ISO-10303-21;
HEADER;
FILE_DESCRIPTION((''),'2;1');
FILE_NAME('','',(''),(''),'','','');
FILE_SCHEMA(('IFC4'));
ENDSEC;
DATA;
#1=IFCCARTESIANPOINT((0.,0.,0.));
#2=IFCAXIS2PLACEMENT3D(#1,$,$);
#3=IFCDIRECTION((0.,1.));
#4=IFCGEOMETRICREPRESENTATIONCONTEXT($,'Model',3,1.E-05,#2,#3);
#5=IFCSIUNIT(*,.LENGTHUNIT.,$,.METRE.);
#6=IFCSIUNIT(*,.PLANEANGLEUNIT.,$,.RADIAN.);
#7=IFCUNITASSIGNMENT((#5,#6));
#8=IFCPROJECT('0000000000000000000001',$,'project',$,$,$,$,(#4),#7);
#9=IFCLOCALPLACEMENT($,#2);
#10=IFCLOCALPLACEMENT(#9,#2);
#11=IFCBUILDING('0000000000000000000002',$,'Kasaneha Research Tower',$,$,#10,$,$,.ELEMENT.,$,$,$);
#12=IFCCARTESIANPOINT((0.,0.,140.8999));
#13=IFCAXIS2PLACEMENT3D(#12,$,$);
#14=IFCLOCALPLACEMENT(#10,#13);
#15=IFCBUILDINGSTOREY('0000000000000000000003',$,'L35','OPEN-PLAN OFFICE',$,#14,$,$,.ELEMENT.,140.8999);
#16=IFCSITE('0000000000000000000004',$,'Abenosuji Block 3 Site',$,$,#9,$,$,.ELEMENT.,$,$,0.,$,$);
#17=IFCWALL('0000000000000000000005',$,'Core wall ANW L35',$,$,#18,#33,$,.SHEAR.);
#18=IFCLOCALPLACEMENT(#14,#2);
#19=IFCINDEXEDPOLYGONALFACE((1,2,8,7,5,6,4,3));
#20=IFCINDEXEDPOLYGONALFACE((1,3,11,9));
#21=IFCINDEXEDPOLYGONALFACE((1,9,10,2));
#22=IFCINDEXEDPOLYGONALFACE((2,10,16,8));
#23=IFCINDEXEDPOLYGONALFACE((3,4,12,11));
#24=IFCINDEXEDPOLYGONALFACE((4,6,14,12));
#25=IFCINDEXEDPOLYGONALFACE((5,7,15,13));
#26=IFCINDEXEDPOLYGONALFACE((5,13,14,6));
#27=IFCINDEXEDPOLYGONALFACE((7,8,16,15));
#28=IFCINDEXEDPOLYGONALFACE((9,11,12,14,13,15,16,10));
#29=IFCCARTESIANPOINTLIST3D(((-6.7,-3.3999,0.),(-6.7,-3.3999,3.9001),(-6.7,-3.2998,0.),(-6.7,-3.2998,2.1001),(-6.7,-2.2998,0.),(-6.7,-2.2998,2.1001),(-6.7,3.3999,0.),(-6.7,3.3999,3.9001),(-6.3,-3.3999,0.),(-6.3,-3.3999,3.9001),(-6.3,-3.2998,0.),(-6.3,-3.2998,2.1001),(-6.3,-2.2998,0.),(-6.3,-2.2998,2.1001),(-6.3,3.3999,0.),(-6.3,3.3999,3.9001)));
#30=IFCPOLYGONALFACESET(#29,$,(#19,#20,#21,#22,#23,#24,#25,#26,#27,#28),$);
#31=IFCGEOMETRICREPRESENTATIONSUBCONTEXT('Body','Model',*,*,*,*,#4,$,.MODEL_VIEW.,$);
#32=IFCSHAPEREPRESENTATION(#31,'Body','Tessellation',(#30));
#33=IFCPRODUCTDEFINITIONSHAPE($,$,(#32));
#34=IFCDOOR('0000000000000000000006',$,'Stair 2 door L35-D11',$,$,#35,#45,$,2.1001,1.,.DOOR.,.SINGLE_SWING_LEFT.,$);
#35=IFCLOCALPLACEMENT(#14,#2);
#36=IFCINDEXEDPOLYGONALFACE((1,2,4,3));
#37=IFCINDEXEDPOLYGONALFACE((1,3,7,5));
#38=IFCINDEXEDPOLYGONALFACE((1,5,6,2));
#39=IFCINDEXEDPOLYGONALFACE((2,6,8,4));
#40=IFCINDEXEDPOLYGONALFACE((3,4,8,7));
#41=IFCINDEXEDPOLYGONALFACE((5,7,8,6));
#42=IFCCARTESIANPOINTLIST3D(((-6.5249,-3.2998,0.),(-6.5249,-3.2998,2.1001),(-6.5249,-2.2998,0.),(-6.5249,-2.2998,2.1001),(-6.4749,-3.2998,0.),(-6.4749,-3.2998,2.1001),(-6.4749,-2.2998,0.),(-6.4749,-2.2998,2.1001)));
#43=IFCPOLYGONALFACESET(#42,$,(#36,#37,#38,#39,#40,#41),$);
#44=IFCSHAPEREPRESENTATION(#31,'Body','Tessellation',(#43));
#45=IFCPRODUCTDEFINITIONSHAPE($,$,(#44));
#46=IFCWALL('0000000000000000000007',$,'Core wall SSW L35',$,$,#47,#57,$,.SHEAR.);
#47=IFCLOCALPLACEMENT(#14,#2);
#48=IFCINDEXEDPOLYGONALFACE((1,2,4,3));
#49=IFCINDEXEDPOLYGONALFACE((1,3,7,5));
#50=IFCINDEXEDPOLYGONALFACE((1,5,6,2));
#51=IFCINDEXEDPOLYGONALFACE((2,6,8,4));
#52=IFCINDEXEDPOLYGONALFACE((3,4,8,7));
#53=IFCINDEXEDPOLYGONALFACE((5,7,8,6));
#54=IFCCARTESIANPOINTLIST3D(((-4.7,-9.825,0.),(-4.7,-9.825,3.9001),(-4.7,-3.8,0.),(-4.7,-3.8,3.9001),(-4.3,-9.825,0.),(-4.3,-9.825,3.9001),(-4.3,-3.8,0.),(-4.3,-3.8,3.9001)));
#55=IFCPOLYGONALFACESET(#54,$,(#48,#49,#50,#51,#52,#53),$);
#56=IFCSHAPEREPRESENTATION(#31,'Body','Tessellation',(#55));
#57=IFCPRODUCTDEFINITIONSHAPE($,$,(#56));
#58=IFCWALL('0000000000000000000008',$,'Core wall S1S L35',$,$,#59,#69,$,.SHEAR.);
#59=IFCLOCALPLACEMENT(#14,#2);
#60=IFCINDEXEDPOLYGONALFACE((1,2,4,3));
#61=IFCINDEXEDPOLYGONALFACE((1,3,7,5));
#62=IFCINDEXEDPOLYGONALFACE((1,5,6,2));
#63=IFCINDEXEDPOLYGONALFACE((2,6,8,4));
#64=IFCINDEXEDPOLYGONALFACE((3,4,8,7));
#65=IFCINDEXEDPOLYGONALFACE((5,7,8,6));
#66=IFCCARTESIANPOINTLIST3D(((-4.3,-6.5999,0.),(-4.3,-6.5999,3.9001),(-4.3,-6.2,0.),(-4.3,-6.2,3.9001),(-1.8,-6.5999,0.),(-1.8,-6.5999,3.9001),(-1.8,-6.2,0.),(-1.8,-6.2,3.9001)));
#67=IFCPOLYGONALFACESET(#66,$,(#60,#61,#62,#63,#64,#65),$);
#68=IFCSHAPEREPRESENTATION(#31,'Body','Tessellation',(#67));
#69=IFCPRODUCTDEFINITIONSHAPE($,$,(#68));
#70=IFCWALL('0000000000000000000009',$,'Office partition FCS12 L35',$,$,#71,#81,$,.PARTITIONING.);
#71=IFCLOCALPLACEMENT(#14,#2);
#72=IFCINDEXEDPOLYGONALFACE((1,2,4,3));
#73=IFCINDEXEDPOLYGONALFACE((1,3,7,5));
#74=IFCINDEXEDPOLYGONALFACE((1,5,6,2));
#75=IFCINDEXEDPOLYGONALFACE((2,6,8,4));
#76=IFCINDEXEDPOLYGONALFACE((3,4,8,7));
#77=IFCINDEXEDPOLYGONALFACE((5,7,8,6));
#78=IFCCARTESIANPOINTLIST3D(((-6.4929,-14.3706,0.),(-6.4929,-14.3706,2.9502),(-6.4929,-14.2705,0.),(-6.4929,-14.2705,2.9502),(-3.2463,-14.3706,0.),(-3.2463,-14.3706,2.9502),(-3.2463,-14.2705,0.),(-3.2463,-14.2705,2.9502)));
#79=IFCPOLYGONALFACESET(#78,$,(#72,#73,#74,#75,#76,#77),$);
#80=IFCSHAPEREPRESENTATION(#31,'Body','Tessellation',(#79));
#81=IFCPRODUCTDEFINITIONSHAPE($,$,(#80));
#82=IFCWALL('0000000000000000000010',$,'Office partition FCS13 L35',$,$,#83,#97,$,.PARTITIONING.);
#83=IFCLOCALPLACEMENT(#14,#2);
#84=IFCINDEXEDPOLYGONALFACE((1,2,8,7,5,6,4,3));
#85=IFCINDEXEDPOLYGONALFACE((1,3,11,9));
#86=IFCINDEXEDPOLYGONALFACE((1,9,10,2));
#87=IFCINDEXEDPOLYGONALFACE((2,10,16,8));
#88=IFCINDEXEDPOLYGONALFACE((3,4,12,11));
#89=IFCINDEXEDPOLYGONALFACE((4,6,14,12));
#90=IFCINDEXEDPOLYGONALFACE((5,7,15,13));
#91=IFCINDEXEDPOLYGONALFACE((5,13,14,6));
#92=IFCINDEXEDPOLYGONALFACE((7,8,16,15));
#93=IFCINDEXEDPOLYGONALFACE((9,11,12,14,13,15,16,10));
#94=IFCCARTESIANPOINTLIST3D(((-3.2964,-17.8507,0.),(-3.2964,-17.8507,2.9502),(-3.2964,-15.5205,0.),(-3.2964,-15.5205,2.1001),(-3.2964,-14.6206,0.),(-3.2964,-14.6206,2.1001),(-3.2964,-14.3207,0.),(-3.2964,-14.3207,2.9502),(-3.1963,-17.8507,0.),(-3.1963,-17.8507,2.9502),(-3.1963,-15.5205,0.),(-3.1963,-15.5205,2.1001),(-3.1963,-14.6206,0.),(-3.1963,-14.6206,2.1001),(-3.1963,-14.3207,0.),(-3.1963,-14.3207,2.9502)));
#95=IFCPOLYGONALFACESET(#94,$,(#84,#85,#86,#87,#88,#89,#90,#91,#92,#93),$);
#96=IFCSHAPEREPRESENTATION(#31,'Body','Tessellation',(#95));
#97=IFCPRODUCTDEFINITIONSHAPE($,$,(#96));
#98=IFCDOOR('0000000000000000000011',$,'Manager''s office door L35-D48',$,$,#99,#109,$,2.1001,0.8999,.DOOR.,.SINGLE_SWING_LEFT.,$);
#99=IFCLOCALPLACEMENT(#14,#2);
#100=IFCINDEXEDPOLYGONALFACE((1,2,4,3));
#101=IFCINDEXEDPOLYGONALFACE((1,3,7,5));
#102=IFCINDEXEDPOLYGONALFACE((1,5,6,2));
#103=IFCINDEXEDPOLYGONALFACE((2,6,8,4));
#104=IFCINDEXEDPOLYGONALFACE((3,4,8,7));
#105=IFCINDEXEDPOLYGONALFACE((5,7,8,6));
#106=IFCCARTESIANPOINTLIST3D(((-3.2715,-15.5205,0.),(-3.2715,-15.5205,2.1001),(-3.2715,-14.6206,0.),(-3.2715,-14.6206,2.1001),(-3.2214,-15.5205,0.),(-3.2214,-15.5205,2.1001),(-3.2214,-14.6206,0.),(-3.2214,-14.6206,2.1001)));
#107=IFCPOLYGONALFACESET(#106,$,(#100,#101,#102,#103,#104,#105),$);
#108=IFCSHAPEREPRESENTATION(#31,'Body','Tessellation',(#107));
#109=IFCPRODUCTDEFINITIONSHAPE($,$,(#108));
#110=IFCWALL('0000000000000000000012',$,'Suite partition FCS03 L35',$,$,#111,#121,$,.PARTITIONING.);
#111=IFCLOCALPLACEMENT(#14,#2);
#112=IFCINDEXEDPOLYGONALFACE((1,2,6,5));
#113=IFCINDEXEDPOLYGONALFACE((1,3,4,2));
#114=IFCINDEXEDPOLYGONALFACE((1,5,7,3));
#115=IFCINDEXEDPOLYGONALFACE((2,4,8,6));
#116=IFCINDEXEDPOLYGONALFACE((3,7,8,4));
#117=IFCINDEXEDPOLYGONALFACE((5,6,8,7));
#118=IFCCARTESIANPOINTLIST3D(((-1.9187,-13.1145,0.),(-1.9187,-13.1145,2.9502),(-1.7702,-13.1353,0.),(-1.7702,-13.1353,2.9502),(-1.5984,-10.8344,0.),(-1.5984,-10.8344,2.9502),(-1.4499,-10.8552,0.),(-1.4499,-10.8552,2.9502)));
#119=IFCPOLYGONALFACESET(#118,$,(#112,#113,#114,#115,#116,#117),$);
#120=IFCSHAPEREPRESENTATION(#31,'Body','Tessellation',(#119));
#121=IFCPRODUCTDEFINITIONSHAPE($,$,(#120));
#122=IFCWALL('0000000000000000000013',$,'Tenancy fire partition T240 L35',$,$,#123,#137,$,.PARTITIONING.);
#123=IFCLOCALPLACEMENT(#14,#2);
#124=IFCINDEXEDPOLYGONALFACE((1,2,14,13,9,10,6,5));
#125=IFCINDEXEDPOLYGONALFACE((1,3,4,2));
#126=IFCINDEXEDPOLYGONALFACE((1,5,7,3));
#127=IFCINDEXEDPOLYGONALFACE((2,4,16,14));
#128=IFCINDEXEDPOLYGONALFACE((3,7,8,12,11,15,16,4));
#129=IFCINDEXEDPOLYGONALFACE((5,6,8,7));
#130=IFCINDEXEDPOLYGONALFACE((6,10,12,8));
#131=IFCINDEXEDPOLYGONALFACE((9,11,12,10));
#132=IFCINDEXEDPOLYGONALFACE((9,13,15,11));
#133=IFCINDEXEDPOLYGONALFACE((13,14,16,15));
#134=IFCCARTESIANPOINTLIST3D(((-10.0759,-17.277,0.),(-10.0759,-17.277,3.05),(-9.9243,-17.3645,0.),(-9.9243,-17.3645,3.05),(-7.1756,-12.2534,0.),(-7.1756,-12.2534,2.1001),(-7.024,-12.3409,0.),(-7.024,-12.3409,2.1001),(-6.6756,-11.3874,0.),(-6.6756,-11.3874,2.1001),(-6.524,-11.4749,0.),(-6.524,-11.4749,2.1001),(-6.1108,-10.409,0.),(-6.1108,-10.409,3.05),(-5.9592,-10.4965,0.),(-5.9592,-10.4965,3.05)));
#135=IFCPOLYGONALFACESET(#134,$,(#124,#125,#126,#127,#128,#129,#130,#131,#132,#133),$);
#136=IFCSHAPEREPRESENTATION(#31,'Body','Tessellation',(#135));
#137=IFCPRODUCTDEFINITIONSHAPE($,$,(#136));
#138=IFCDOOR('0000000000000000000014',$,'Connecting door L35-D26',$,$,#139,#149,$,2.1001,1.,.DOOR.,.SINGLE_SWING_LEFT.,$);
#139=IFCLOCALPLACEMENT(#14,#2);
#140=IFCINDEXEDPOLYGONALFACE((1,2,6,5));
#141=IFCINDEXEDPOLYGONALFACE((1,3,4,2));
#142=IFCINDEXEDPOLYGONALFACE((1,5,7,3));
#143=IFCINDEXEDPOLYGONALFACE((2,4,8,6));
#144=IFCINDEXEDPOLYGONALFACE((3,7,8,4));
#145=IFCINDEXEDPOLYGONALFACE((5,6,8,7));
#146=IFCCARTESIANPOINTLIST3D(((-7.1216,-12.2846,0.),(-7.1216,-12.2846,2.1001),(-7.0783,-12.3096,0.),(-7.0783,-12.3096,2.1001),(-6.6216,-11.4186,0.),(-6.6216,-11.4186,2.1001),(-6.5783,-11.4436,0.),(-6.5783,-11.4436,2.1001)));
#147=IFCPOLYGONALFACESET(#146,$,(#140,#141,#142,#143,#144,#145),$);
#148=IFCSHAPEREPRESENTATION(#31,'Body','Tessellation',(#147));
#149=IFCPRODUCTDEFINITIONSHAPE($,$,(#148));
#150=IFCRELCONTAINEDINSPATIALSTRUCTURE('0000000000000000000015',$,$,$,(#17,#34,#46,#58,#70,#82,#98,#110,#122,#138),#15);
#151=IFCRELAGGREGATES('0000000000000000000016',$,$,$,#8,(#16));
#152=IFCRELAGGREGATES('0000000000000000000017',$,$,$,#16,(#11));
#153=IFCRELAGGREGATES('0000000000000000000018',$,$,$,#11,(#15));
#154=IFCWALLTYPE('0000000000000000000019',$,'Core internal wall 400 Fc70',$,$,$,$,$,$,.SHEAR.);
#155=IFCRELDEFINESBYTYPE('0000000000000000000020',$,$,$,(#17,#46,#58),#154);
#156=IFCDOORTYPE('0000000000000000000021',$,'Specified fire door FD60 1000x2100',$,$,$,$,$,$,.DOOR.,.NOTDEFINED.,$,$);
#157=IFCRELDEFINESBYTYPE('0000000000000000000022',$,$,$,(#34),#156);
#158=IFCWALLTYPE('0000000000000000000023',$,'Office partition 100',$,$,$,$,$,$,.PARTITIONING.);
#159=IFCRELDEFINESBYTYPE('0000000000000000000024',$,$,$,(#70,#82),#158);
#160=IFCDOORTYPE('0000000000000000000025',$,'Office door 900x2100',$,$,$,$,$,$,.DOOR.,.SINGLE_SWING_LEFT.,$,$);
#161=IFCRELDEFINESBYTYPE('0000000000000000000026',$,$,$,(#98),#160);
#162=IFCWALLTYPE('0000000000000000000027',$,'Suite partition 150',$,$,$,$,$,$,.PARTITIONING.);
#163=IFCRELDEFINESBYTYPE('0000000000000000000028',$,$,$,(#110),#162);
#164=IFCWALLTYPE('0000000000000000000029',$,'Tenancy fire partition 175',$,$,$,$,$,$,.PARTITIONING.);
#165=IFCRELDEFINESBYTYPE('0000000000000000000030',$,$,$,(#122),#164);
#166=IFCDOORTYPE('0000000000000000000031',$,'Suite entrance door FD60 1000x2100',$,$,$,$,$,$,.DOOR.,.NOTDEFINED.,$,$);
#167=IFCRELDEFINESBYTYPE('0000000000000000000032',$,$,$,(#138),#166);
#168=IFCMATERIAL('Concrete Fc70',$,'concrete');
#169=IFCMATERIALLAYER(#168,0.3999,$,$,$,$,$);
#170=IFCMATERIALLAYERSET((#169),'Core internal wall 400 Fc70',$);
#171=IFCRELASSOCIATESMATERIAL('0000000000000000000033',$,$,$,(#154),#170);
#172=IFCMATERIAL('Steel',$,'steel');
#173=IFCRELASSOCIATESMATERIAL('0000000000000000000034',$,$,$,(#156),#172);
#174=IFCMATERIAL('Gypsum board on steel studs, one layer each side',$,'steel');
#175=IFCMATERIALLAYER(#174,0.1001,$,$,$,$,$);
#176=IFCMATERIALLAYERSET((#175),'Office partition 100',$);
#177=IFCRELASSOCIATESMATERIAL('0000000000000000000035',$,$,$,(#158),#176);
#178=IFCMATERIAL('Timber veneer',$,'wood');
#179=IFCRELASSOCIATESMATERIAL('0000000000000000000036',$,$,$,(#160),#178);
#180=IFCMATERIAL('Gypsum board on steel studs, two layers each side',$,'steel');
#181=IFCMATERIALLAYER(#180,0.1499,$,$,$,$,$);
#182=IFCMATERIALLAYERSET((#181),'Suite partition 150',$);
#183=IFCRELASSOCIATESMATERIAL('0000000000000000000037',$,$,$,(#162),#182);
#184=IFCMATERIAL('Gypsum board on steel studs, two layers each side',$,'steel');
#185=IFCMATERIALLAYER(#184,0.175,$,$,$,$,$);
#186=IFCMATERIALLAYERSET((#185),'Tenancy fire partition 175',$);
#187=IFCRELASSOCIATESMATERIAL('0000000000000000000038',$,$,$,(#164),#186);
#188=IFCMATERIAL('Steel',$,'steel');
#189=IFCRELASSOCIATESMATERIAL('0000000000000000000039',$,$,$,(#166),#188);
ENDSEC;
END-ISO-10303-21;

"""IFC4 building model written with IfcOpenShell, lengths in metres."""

from ifc_helpers import new_model, si_unit, direction, frame, frame_2d, origin, place, context, subcontext, project, spatial, rectangle, extrude, material, layer, layer_set, type_object, element, fill, save


model = new_model("IFC4")

# Units and contexts
model_context = context("Model", 3, precision=1e-05, world=origin(), true_north=direction((0.0, 1.0)))
body_context = subcontext(model_context, "Body", "Model", "MODEL_VIEW")
ifc_project = project(units=[si_unit("LENGTHUNIT", "METRE"), si_unit("PLANEANGLEUNIT", "RADIAN")], contexts=[model_context])

# Site, building, storey
site_placement = place(None, origin())
site = spatial("IfcSite", under=ifc_project, at=site_placement, Name="Abenosuji Block 3 Site", CompositionType="ELEMENT", RefElevation=0.0)
building_placement = place(site_placement, origin())
building = spatial("IfcBuilding", under=site, at=building_placement, Name="Kasaneha Research Tower", CompositionType="ELEMENT")
storey_placement = place(building_placement, frame((0.0, 0.0, 140.8999)))
storey = spatial("IfcBuildingStorey", under=building, at=storey_placement, Name="L35", Description="OPEN-PLAN OFFICE", CompositionType="ELEMENT", Elevation=140.8999)

# Wall, opening, door
ifc_material_1 = material(Name="Concrete Fc70", Category="concrete")
ifc_layer_1 = layer(ifc_material_1, 0.3999)
ifc_layer_set_1 = layer_set([ifc_layer_1], Name="Core internal wall 400 Fc70")
wall_type_1 = type_object("IfcWallType", Name="Core internal wall 400 Fc70", PredefinedType="SHEAR", material=ifc_layer_set_1)
ifc_material_2 = material(Name="Steel", Category="steel")
door_type_1 = type_object("IfcDoorType", Name="Specified fire door FD60 1000x2100", OperationType="NOTDEFINED", PredefinedType="DOOR", material=ifc_material_2)
wall_1_placement = place(storey_placement, frame((-6.5, -3.3999, 0.0), z_axis=(0.0, 0.0, 1.0), x_axis=(0.0, 1.0, 0.0)))
wall_1 = element("IfcWall", 1, at=wall_1_placement, inside=storey, type_object=wall_type_1, Name="Core wall ANW L35", PredefinedType="SHEAR", context=body_context, shape_type="SweptSolid", body=[
    extrude(rectangle(XDim=6.7998, YDim=0.3999, at=frame_2d((3.3999, 0.0))), origin(), (0.0, 0.0, 1.0), 3.9001),
])
opening_1_placement = place(wall_1_placement, frame((0.1001, 0.0, 0.0)))
opening_1 = element("IfcOpeningElement", 2, at=opening_1_placement, cuts=wall_1, PredefinedType="OPENING", context=body_context, shape_type="SweptSolid", body=[
    extrude(rectangle(XDim=1.0, YDim=2.1001, at=frame_2d((0.5, 1.05))), frame((0.0, 0.21, 0.0), z_axis=(0.0, -1.0, 0.0), x_axis=(1.0, 0.0, 0.0)), (0.0, 0.0, 1.0), 0.4199),
])
door_1_placement = place(opening_1_placement, origin())
door_1 = element("IfcDoor", 3, at=door_1_placement, inside=storey, type_object=door_type_1, Name="Stair 2 door L35-D11", OperationType="SINGLE_SWING_LEFT", OverallHeight=2.1001, OverallWidth=1.0, PredefinedType="DOOR", context=body_context, shape_type="SweptSolid", body=[
    extrude(rectangle(XDim=1.0, YDim=2.1001, at=frame_2d((0.5, 1.05))), frame((0.0, 0.0249, 0.0), z_axis=(0.0, -1.0, 0.0), x_axis=(1.0, 0.0, 0.0)), (0.0, 0.0, 1.0), 0.05),
])
fill(opening_1, door_1)

# Walls
wall_2_placement = place(storey_placement, frame((-4.5, -3.8, 0.0), z_axis=(0.0, 0.0, 1.0), x_axis=(0.0, -1.0, 0.0)))
element("IfcWall", 4, at=wall_2_placement, inside=storey, type_object=wall_type_1, Name="Core wall SSW L35", PredefinedType="SHEAR", context=body_context, shape_type="SweptSolid", body=[
    extrude(rectangle(XDim=6.0249, YDim=0.3999, at=frame_2d((3.0125, 0.0))), origin(), (0.0, 0.0, 1.0), 3.9001),
])
wall_3_placement = place(storey_placement, frame((-4.3, -6.3999, 0.0), z_axis=(0.0, 0.0, 1.0), x_axis=(1.0, 0.0, 0.0)))
element("IfcWall", 5, at=wall_3_placement, inside=storey, type_object=wall_type_1, Name="Core wall S1S L35", PredefinedType="SHEAR", context=body_context, shape_type="SweptSolid", body=[
    extrude(rectangle(XDim=2.5, YDim=0.3999, at=frame_2d((1.25, 0.0))), origin(), (0.0, 0.0, 1.0), 3.9001),
])

# Wall
ifc_material_3 = material(Name="Gypsum board on steel studs, one layer each side", Category="steel")
ifc_layer_2 = layer(ifc_material_3, 0.1001)
ifc_layer_set_2 = layer_set([ifc_layer_2], Name="Office partition 100")
wall_type_2 = type_object("IfcWallType", Name="Office partition 100", PredefinedType="PARTITIONING", material=ifc_layer_set_2)
wall_4_placement = place(storey_placement, frame((-6.4929, -14.3206, 0.0), z_axis=(0.0, 0.0, 1.0), x_axis=(1.0, 0.0, 0.0)))
element("IfcWall", 6, at=wall_4_placement, inside=storey, type_object=wall_type_2, Name="Office partition FCS12 L35", PredefinedType="PARTITIONING", context=body_context, shape_type="SweptSolid", body=[
    extrude(rectangle(XDim=3.2466, YDim=0.1001, at=frame_2d((1.6233, 0.0))), origin(), (0.0, 0.0, 1.0), 2.9502),
])

# Wall, opening, door
wall_5_placement = place(storey_placement, frame((-3.2463, -14.3206, 0.0), z_axis=(0.0, 0.0, 1.0), x_axis=(0.0, -1.0, 0.0)))
wall_5 = element("IfcWall", 7, at=wall_5_placement, inside=storey, type_object=wall_type_2, Name="Office partition FCS13 L35", PredefinedType="PARTITIONING", context=body_context, shape_type="SweptSolid", body=[
    extrude(rectangle(XDim=3.53, YDim=0.1001, at=frame_2d((1.7651, 0.0))), origin(), (0.0, 0.0, 1.0), 2.9502),
])
opening_2_placement = place(wall_5_placement, frame((0.3, 0.0, 0.0)))
opening_2 = element("IfcOpeningElement", 8, at=opening_2_placement, cuts=wall_5, PredefinedType="OPENING", context=body_context, shape_type="SweptSolid", body=[
    extrude(rectangle(XDim=0.8999, YDim=2.1001, at=frame_2d((0.45, 1.05))), frame((0.0, 0.0601, 0.0), z_axis=(0.0, -1.0, 0.0), x_axis=(1.0, 0.0, 0.0)), (0.0, 0.0, 1.0), 0.1201),
])
ifc_material_4 = material(Name="Timber veneer", Category="wood")
door_type_2 = type_object("IfcDoorType", Name="Office door 900x2100", OperationType="SINGLE_SWING_LEFT", PredefinedType="DOOR", material=ifc_material_4)
door_2_placement = place(opening_2_placement, origin())
door_2 = element("IfcDoor", 9, at=door_2_placement, inside=storey, type_object=door_type_2, Name="Manager's office door L35-D48", OperationType="SINGLE_SWING_LEFT", OverallHeight=2.1001, OverallWidth=0.8999, PredefinedType="DOOR", context=body_context, shape_type="SweptSolid", body=[
    extrude(rectangle(XDim=0.8999, YDim=2.1001, at=frame_2d((0.45, 1.05))), frame((0.0, 0.0249, 0.0), z_axis=(0.0, -1.0, 0.0), x_axis=(1.0, 0.0, 0.0)), (0.0, 0.0, 1.0), 0.05),
])
fill(opening_2, door_2)

# Wall
ifc_material_5 = material(Name="Gypsum board on steel studs, two layers each side", Category="steel")
ifc_layer_3 = layer(ifc_material_5, 0.1499)
ifc_layer_set_3 = layer_set([ifc_layer_3], Name="Suite partition 150")
wall_type_3 = type_object("IfcWallType", Name="Suite partition 150", PredefinedType="PARTITIONING", material=ifc_layer_set_3)
wall_6_placement = place(storey_placement, frame((-1.8445, -13.125, 0.0), z_axis=(0.0, 0.0, 1.0), x_axis=(0.13912, 0.990276, 0.0)))
element("IfcWall", 10, at=wall_6_placement, inside=storey, type_object=wall_type_3, Name="Suite partition FCS03 L35", PredefinedType="PARTITIONING", context=body_context, shape_type="SweptSolid", body=[
    extrude(rectangle(XDim=2.3025, YDim=0.1499, at=frame_2d((1.1514, 0.0))), origin(), (0.0, 0.0, 1.0), 2.9502),
])

# Wall, opening, door
ifc_material_6 = material(Name="Gypsum board on steel studs, two layers each side", Category="steel")
ifc_layer_4 = layer(ifc_material_6, 0.175)
ifc_layer_set_4 = layer_set([ifc_layer_4], Name="Tenancy fire partition 175")
wall_type_4 = type_object("IfcWallType", Name="Tenancy fire partition 175", PredefinedType="PARTITIONING", material=ifc_layer_set_4)
wall_7_placement = place(storey_placement, frame((-6.0349, -10.4526, 0.0), z_axis=(0.0, 0.0, 1.0), x_axis=(-0.49999, -0.866031, 0.0)))
wall_7 = element("IfcWall", 11, at=wall_7_placement, inside=storey, type_object=wall_type_4, Name="Tenancy fire partition T240 L35", PredefinedType="PARTITIONING", context=body_context, shape_type="SweptSolid", body=[
    extrude(rectangle(XDim=7.9304, YDim=0.175, at=frame_2d((3.9653, 0.0))), origin(), (0.0, 0.0, 1.0), 3.05),
])
opening_3_placement = place(wall_7_placement, frame((1.1299, 0.0, 0.0)))
opening_3 = element("IfcOpeningElement", 12, at=opening_3_placement, cuts=wall_7, PredefinedType="OPENING", context=body_context, shape_type="SweptSolid", body=[
    extrude(rectangle(XDim=1.0, YDim=2.1001, at=frame_2d((0.5, 1.05))), frame((0.0, 0.0977, 0.0), z_axis=(0.0, -1.0, 0.0), x_axis=(1.0, 0.0, 0.0)), (0.0, 0.0, 1.0), 0.1951),
])
ifc_material_7 = material(Name="Steel", Category="steel")
door_type_3 = type_object("IfcDoorType", Name="Suite entrance door FD60 1000x2100", OperationType="NOTDEFINED", PredefinedType="DOOR", material=ifc_material_7)
door_3_placement = place(opening_3_placement, origin())
door_3 = element("IfcDoor", 13, at=door_3_placement, inside=storey, type_object=door_type_3, Name="Connecting door L35-D26", OperationType="SINGLE_SWING_LEFT", OverallHeight=2.1001, OverallWidth=1.0, PredefinedType="DOOR", context=body_context, shape_type="SweptSolid", body=[
    extrude(rectangle(XDim=1.0, YDim=2.1001, at=frame_2d((0.5, 1.05))), frame((0.0, 0.0249, 0.0), z_axis=(0.0, -1.0, 0.0), x_axis=(1.0, 0.0, 0.0)), (0.0, 0.0, 1.0), 0.05),
])
fill(opening_3, door_3)

save(model, "model.ifc")
